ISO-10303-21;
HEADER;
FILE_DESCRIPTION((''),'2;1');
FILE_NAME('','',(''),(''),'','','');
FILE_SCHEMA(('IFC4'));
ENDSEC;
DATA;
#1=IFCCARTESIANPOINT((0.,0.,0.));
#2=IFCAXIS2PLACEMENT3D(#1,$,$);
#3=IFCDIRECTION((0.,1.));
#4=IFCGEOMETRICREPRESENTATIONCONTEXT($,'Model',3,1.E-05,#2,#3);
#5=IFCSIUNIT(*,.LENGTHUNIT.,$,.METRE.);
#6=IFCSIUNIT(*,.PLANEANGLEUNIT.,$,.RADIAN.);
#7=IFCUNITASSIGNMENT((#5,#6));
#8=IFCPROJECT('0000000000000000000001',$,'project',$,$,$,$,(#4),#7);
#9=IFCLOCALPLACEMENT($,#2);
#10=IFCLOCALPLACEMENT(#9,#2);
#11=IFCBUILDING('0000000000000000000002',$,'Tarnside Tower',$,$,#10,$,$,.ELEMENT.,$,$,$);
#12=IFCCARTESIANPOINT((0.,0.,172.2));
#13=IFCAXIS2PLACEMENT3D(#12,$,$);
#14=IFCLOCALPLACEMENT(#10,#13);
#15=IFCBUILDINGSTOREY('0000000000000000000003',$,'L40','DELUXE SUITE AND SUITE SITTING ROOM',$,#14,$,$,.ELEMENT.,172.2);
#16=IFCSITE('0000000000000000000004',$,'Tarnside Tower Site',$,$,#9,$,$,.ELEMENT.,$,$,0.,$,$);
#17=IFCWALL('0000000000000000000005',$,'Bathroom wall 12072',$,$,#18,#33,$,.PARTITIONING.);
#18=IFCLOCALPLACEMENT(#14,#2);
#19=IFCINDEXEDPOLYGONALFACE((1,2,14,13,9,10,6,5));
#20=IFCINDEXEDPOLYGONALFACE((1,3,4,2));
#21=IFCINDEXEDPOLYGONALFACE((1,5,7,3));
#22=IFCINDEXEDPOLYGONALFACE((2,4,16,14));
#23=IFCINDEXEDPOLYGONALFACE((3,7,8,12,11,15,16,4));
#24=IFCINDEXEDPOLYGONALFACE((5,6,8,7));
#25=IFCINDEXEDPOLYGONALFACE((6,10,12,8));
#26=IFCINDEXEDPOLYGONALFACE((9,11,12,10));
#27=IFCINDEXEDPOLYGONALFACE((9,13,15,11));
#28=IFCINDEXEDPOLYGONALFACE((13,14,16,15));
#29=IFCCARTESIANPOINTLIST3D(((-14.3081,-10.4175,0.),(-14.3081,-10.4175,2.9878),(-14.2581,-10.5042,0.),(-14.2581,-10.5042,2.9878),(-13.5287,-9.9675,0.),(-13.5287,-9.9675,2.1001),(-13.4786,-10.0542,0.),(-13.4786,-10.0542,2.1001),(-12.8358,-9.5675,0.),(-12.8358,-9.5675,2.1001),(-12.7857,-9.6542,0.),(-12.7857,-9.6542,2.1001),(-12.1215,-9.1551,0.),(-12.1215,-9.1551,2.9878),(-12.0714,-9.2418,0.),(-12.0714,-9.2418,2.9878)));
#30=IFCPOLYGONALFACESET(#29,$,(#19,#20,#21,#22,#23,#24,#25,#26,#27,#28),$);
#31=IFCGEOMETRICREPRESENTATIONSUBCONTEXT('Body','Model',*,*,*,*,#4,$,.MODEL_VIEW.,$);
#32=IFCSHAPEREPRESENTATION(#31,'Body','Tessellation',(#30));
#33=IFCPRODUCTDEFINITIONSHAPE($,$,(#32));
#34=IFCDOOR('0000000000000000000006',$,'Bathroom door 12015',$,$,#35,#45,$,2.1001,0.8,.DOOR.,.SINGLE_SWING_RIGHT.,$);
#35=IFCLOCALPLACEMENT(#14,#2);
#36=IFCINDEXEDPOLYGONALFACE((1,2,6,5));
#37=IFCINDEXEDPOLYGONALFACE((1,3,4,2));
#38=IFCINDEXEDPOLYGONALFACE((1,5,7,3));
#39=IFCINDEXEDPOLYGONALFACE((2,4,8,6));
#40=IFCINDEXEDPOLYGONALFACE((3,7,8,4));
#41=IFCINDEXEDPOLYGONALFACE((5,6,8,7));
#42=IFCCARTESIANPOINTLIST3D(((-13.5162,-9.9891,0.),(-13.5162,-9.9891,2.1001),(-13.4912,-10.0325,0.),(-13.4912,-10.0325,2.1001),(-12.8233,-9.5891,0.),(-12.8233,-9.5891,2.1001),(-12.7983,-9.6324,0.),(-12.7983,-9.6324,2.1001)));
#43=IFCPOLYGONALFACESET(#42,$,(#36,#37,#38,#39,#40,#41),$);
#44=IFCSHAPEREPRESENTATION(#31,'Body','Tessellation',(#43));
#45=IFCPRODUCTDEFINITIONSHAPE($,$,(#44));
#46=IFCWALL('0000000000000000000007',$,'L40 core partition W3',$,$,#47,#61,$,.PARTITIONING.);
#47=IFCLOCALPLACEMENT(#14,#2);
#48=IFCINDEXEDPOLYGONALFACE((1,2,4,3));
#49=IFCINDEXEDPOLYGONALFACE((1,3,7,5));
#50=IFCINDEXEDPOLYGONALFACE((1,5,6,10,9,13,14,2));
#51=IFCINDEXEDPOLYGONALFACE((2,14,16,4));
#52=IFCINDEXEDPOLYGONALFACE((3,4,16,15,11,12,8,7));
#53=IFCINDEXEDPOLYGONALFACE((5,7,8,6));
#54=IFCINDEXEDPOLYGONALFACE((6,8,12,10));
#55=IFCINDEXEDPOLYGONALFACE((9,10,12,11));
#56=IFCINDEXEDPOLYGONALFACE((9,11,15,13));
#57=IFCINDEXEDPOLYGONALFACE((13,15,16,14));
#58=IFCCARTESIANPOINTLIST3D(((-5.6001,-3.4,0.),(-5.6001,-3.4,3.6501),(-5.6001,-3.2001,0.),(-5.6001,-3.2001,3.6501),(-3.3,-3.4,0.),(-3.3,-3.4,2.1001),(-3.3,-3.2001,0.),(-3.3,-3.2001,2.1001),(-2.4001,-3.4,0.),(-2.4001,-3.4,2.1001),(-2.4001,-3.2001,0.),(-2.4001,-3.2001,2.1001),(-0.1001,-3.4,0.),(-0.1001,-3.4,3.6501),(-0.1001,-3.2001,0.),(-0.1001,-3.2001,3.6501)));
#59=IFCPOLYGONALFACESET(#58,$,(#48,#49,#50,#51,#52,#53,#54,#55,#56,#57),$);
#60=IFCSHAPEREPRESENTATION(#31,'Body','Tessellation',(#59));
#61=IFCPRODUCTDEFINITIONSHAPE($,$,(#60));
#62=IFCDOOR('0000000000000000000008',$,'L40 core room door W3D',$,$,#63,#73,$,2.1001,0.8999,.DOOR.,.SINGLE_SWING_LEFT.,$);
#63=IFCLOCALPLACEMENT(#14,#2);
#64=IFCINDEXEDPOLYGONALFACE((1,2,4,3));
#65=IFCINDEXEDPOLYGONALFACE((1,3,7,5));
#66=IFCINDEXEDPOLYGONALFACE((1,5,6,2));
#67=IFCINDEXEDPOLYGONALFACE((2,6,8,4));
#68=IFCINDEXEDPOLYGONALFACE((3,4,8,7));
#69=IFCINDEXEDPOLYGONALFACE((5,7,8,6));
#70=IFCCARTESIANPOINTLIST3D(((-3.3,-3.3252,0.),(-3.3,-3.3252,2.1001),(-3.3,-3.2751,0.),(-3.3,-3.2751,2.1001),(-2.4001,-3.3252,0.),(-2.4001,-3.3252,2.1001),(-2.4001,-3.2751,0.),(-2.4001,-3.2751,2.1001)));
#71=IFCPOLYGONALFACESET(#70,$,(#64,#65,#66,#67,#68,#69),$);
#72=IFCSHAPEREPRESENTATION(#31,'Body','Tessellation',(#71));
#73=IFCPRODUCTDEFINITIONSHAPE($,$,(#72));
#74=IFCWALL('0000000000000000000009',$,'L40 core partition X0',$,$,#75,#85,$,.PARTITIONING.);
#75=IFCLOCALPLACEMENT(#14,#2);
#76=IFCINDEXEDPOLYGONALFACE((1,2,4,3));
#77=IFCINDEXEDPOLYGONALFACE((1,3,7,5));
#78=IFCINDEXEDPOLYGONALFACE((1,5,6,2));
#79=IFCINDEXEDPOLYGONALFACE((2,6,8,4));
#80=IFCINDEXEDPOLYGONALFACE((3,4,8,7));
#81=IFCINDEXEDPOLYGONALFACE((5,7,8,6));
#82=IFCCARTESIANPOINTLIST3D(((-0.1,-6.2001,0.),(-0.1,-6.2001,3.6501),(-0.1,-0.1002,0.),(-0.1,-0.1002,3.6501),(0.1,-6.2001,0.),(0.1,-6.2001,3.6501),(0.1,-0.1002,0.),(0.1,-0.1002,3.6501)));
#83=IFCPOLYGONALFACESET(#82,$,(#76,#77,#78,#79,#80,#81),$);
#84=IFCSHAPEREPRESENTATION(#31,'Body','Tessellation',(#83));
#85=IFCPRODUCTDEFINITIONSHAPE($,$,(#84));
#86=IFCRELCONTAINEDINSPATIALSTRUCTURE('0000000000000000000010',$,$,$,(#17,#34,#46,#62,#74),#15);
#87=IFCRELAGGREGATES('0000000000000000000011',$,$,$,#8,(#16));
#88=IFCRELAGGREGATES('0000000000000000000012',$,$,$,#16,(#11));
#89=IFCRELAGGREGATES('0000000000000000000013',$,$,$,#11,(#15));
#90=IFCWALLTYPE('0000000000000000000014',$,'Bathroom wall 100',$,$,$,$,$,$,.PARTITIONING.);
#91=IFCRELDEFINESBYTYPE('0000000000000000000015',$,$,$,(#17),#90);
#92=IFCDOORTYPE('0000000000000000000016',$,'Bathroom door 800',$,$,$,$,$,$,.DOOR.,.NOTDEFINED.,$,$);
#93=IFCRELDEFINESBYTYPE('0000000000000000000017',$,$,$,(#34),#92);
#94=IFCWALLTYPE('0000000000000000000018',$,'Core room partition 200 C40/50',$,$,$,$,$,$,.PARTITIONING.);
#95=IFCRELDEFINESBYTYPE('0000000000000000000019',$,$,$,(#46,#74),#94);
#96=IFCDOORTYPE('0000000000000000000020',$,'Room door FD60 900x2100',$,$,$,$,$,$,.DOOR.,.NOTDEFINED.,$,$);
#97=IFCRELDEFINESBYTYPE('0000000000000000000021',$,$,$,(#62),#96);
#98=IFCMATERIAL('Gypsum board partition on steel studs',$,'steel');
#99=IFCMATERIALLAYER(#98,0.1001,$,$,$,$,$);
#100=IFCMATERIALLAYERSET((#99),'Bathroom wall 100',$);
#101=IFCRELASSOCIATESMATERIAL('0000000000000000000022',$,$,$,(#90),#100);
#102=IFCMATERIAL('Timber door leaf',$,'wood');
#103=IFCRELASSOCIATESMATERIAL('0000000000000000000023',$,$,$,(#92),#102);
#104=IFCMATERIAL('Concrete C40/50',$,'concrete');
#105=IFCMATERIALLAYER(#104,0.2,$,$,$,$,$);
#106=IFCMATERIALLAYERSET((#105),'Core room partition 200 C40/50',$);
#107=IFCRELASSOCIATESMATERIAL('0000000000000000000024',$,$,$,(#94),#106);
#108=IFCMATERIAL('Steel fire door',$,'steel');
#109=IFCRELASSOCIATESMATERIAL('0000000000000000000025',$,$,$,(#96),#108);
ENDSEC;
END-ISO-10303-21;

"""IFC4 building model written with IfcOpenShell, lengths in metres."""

from ifc_helpers import new_model, si_unit, direction, frame, frame_2d, origin, place, context, subcontext, project, spatial, rectangle, extrude, material, layer, layer_set, type_object, element, fill, save


model = new_model("IFC4")

# Units and contexts
model_context = context("Model", 3, precision=1e-05, world=origin(), true_north=direction((0.0, 1.0)))
body_context = subcontext(model_context, "Body", "Model", "MODEL_VIEW")
ifc_project = project(units=[si_unit("LENGTHUNIT", "METRE"), si_unit("PLANEANGLEUNIT", "RADIAN")], contexts=[model_context])

# Site, building, storey
site_placement = place(None, origin())
site = spatial("IfcSite", under=ifc_project, at=site_placement, Name="Tarnside Tower Site", CompositionType="ELEMENT", RefElevation=0.0)
building_placement = place(site_placement, origin())
building = spatial("IfcBuilding", under=site, at=building_placement, Name="Tarnside Tower", CompositionType="ELEMENT")
storey_placement = place(building_placement, frame((0.0, 0.0, 172.2)))
storey = spatial("IfcBuildingStorey", under=building, at=storey_placement, Name="L40", Description="DELUXE SUITE AND SUITE SITTING ROOM", CompositionType="ELEMENT", Elevation=172.2)

# Walls, openings, doors
ifc_material_1 = material(Name="Gypsum board partition on steel studs", Category="steel")
ifc_layer_1 = layer(ifc_material_1, 0.1001)
ifc_layer_set_1 = layer_set([ifc_layer_1], Name="Bathroom wall 100")
wall_type_1 = type_object("IfcWallType", Name="Bathroom wall 100", PredefinedType="PARTITIONING", material=ifc_layer_set_1)
wall_1_placement = place(storey_placement, frame((-12.0964, -9.1985, 0.0), z_axis=(0.0, 0.0, 1.0), x_axis=(-0.866039, -0.499976, 0.0)))
wall_1 = element("IfcWall", 1, at=wall_1_placement, inside=storey, type_object=wall_type_1, Name="Bathroom wall 12072", PredefinedType="PARTITIONING", context=body_context, shape_type="SweptSolid", body=[
    extrude(rectangle(XDim=2.5249, YDim=0.1001, at=frame_2d((1.2625, 0.0))), origin(), (0.0, 0.0, 1.0), 2.9878),
])
opening_1_placement = place(wall_1_placement, frame((0.825, 0.0, 0.0)))
opening_1 = element("IfcOpeningElement", 2, at=opening_1_placement, cuts=wall_1, PredefinedType="OPENING", context=body_context, shape_type="SweptSolid", body=[
    extrude(rectangle(XDim=0.8, YDim=2.1001, at=frame_2d((0.3999, 1.05))), frame((0.0, 0.0601, 0.0), z_axis=(0.0, -1.0, 0.0), x_axis=(1.0, 0.0, 0.0)), (0.0, 0.0, 1.0), 0.1201),
])
ifc_material_2 = material(Name="Timber door leaf", Category="wood")
door_type_1 = type_object("IfcDoorType", Name="Bathroom door 800", OperationType="NOTDEFINED", PredefinedType="DOOR", material=ifc_material_2)
door_1_placement = place(opening_1_placement, origin())
door_1 = element("IfcDoor", 3, at=door_1_placement, inside=storey, type_object=door_type_1, Name="Bathroom door 12015", OperationType="SINGLE_SWING_RIGHT", OverallHeight=2.1001, OverallWidth=0.8, PredefinedType="DOOR", context=body_context, shape_type="SweptSolid", body=[
    extrude(rectangle(XDim=0.8, YDim=2.1001, at=frame_2d((0.3999, 1.05))), frame((0.0, 0.0249, 0.0), z_axis=(0.0, -1.0, 0.0), x_axis=(1.0, 0.0, 0.0)), (0.0, 0.0, 1.0), 0.05),
])
fill(opening_1, door_1)
ifc_material_3 = material(Name="Concrete C40/50", Category="concrete")
ifc_layer_2 = layer(ifc_material_3, 0.2)
ifc_layer_set_2 = layer_set([ifc_layer_2], Name="Core room partition 200 C40/50")
wall_type_2 = type_object("IfcWallType", Name="Core room partition 200 C40/50", PredefinedType="PARTITIONING", material=ifc_layer_set_2)
wall_2_placement = place(storey_placement, frame((-5.6001, -3.3, 0.0), z_axis=(0.0, 0.0, 1.0), x_axis=(1.0, 0.0, 0.0)))
wall_2 = element("IfcWall", 4, at=wall_2_placement, inside=storey, type_object=wall_type_2, Name="L40 core partition W3", PredefinedType="PARTITIONING", context=body_context, shape_type="SweptSolid", body=[
    extrude(rectangle(XDim=5.5, YDim=0.2, at=frame_2d((2.75, 0.0))), origin(), (0.0, 0.0, 1.0), 3.6501),
])
opening_2_placement = place(wall_2_placement, frame((2.3, 0.0, 0.0)))
opening_2 = element("IfcOpeningElement", 5, at=opening_2_placement, cuts=wall_2, PredefinedType="OPENING", context=body_context, shape_type="SweptSolid", body=[
    extrude(rectangle(XDim=0.8999, YDim=2.1001, at=frame_2d((0.45, 1.05))), frame((0.0, 0.1099, 0.0), z_axis=(0.0, -1.0, 0.0), x_axis=(1.0, 0.0, 0.0)), (0.0, 0.0, 1.0), 0.22),
])
ifc_material_4 = material(Name="Steel fire door", Category="steel")
door_type_2 = type_object("IfcDoorType", Name="Room door FD60 900x2100", OperationType="NOTDEFINED", PredefinedType="DOOR", material=ifc_material_4)
door_2_placement = place(opening_2_placement, origin())
door_2 = element("IfcDoor", 6, at=door_2_placement, inside=storey, type_object=door_type_2, Name="L40 core room door W3D", OperationType="SINGLE_SWING_LEFT", OverallHeight=2.1001, OverallWidth=0.8999, PredefinedType="DOOR", context=body_context, shape_type="SweptSolid", body=[
    extrude(rectangle(XDim=0.8999, YDim=2.1001, at=frame_2d((0.45, 1.05))), frame((0.0, 0.0249, 0.0), z_axis=(0.0, -1.0, 0.0), x_axis=(1.0, 0.0, 0.0)), (0.0, 0.0, 1.0), 0.05),
])
fill(opening_2, door_2)

# Wall
wall_3_placement = place(storey_placement, frame((0.0, -6.2, 0.0), z_axis=(0.0, 0.0, 1.0), x_axis=(0.0, 1.0, 0.0)))
element("IfcWall", 7, at=wall_3_placement, inside=storey, type_object=wall_type_2, Name="L40 core partition X0", PredefinedType="PARTITIONING", context=body_context, shape_type="SweptSolid", body=[
    extrude(rectangle(XDim=6.0999, YDim=0.2, at=frame_2d((3.0498, 0.0))), origin(), (0.0, 0.0, 1.0), 3.6501),
])

save(model, "model.ifc")
